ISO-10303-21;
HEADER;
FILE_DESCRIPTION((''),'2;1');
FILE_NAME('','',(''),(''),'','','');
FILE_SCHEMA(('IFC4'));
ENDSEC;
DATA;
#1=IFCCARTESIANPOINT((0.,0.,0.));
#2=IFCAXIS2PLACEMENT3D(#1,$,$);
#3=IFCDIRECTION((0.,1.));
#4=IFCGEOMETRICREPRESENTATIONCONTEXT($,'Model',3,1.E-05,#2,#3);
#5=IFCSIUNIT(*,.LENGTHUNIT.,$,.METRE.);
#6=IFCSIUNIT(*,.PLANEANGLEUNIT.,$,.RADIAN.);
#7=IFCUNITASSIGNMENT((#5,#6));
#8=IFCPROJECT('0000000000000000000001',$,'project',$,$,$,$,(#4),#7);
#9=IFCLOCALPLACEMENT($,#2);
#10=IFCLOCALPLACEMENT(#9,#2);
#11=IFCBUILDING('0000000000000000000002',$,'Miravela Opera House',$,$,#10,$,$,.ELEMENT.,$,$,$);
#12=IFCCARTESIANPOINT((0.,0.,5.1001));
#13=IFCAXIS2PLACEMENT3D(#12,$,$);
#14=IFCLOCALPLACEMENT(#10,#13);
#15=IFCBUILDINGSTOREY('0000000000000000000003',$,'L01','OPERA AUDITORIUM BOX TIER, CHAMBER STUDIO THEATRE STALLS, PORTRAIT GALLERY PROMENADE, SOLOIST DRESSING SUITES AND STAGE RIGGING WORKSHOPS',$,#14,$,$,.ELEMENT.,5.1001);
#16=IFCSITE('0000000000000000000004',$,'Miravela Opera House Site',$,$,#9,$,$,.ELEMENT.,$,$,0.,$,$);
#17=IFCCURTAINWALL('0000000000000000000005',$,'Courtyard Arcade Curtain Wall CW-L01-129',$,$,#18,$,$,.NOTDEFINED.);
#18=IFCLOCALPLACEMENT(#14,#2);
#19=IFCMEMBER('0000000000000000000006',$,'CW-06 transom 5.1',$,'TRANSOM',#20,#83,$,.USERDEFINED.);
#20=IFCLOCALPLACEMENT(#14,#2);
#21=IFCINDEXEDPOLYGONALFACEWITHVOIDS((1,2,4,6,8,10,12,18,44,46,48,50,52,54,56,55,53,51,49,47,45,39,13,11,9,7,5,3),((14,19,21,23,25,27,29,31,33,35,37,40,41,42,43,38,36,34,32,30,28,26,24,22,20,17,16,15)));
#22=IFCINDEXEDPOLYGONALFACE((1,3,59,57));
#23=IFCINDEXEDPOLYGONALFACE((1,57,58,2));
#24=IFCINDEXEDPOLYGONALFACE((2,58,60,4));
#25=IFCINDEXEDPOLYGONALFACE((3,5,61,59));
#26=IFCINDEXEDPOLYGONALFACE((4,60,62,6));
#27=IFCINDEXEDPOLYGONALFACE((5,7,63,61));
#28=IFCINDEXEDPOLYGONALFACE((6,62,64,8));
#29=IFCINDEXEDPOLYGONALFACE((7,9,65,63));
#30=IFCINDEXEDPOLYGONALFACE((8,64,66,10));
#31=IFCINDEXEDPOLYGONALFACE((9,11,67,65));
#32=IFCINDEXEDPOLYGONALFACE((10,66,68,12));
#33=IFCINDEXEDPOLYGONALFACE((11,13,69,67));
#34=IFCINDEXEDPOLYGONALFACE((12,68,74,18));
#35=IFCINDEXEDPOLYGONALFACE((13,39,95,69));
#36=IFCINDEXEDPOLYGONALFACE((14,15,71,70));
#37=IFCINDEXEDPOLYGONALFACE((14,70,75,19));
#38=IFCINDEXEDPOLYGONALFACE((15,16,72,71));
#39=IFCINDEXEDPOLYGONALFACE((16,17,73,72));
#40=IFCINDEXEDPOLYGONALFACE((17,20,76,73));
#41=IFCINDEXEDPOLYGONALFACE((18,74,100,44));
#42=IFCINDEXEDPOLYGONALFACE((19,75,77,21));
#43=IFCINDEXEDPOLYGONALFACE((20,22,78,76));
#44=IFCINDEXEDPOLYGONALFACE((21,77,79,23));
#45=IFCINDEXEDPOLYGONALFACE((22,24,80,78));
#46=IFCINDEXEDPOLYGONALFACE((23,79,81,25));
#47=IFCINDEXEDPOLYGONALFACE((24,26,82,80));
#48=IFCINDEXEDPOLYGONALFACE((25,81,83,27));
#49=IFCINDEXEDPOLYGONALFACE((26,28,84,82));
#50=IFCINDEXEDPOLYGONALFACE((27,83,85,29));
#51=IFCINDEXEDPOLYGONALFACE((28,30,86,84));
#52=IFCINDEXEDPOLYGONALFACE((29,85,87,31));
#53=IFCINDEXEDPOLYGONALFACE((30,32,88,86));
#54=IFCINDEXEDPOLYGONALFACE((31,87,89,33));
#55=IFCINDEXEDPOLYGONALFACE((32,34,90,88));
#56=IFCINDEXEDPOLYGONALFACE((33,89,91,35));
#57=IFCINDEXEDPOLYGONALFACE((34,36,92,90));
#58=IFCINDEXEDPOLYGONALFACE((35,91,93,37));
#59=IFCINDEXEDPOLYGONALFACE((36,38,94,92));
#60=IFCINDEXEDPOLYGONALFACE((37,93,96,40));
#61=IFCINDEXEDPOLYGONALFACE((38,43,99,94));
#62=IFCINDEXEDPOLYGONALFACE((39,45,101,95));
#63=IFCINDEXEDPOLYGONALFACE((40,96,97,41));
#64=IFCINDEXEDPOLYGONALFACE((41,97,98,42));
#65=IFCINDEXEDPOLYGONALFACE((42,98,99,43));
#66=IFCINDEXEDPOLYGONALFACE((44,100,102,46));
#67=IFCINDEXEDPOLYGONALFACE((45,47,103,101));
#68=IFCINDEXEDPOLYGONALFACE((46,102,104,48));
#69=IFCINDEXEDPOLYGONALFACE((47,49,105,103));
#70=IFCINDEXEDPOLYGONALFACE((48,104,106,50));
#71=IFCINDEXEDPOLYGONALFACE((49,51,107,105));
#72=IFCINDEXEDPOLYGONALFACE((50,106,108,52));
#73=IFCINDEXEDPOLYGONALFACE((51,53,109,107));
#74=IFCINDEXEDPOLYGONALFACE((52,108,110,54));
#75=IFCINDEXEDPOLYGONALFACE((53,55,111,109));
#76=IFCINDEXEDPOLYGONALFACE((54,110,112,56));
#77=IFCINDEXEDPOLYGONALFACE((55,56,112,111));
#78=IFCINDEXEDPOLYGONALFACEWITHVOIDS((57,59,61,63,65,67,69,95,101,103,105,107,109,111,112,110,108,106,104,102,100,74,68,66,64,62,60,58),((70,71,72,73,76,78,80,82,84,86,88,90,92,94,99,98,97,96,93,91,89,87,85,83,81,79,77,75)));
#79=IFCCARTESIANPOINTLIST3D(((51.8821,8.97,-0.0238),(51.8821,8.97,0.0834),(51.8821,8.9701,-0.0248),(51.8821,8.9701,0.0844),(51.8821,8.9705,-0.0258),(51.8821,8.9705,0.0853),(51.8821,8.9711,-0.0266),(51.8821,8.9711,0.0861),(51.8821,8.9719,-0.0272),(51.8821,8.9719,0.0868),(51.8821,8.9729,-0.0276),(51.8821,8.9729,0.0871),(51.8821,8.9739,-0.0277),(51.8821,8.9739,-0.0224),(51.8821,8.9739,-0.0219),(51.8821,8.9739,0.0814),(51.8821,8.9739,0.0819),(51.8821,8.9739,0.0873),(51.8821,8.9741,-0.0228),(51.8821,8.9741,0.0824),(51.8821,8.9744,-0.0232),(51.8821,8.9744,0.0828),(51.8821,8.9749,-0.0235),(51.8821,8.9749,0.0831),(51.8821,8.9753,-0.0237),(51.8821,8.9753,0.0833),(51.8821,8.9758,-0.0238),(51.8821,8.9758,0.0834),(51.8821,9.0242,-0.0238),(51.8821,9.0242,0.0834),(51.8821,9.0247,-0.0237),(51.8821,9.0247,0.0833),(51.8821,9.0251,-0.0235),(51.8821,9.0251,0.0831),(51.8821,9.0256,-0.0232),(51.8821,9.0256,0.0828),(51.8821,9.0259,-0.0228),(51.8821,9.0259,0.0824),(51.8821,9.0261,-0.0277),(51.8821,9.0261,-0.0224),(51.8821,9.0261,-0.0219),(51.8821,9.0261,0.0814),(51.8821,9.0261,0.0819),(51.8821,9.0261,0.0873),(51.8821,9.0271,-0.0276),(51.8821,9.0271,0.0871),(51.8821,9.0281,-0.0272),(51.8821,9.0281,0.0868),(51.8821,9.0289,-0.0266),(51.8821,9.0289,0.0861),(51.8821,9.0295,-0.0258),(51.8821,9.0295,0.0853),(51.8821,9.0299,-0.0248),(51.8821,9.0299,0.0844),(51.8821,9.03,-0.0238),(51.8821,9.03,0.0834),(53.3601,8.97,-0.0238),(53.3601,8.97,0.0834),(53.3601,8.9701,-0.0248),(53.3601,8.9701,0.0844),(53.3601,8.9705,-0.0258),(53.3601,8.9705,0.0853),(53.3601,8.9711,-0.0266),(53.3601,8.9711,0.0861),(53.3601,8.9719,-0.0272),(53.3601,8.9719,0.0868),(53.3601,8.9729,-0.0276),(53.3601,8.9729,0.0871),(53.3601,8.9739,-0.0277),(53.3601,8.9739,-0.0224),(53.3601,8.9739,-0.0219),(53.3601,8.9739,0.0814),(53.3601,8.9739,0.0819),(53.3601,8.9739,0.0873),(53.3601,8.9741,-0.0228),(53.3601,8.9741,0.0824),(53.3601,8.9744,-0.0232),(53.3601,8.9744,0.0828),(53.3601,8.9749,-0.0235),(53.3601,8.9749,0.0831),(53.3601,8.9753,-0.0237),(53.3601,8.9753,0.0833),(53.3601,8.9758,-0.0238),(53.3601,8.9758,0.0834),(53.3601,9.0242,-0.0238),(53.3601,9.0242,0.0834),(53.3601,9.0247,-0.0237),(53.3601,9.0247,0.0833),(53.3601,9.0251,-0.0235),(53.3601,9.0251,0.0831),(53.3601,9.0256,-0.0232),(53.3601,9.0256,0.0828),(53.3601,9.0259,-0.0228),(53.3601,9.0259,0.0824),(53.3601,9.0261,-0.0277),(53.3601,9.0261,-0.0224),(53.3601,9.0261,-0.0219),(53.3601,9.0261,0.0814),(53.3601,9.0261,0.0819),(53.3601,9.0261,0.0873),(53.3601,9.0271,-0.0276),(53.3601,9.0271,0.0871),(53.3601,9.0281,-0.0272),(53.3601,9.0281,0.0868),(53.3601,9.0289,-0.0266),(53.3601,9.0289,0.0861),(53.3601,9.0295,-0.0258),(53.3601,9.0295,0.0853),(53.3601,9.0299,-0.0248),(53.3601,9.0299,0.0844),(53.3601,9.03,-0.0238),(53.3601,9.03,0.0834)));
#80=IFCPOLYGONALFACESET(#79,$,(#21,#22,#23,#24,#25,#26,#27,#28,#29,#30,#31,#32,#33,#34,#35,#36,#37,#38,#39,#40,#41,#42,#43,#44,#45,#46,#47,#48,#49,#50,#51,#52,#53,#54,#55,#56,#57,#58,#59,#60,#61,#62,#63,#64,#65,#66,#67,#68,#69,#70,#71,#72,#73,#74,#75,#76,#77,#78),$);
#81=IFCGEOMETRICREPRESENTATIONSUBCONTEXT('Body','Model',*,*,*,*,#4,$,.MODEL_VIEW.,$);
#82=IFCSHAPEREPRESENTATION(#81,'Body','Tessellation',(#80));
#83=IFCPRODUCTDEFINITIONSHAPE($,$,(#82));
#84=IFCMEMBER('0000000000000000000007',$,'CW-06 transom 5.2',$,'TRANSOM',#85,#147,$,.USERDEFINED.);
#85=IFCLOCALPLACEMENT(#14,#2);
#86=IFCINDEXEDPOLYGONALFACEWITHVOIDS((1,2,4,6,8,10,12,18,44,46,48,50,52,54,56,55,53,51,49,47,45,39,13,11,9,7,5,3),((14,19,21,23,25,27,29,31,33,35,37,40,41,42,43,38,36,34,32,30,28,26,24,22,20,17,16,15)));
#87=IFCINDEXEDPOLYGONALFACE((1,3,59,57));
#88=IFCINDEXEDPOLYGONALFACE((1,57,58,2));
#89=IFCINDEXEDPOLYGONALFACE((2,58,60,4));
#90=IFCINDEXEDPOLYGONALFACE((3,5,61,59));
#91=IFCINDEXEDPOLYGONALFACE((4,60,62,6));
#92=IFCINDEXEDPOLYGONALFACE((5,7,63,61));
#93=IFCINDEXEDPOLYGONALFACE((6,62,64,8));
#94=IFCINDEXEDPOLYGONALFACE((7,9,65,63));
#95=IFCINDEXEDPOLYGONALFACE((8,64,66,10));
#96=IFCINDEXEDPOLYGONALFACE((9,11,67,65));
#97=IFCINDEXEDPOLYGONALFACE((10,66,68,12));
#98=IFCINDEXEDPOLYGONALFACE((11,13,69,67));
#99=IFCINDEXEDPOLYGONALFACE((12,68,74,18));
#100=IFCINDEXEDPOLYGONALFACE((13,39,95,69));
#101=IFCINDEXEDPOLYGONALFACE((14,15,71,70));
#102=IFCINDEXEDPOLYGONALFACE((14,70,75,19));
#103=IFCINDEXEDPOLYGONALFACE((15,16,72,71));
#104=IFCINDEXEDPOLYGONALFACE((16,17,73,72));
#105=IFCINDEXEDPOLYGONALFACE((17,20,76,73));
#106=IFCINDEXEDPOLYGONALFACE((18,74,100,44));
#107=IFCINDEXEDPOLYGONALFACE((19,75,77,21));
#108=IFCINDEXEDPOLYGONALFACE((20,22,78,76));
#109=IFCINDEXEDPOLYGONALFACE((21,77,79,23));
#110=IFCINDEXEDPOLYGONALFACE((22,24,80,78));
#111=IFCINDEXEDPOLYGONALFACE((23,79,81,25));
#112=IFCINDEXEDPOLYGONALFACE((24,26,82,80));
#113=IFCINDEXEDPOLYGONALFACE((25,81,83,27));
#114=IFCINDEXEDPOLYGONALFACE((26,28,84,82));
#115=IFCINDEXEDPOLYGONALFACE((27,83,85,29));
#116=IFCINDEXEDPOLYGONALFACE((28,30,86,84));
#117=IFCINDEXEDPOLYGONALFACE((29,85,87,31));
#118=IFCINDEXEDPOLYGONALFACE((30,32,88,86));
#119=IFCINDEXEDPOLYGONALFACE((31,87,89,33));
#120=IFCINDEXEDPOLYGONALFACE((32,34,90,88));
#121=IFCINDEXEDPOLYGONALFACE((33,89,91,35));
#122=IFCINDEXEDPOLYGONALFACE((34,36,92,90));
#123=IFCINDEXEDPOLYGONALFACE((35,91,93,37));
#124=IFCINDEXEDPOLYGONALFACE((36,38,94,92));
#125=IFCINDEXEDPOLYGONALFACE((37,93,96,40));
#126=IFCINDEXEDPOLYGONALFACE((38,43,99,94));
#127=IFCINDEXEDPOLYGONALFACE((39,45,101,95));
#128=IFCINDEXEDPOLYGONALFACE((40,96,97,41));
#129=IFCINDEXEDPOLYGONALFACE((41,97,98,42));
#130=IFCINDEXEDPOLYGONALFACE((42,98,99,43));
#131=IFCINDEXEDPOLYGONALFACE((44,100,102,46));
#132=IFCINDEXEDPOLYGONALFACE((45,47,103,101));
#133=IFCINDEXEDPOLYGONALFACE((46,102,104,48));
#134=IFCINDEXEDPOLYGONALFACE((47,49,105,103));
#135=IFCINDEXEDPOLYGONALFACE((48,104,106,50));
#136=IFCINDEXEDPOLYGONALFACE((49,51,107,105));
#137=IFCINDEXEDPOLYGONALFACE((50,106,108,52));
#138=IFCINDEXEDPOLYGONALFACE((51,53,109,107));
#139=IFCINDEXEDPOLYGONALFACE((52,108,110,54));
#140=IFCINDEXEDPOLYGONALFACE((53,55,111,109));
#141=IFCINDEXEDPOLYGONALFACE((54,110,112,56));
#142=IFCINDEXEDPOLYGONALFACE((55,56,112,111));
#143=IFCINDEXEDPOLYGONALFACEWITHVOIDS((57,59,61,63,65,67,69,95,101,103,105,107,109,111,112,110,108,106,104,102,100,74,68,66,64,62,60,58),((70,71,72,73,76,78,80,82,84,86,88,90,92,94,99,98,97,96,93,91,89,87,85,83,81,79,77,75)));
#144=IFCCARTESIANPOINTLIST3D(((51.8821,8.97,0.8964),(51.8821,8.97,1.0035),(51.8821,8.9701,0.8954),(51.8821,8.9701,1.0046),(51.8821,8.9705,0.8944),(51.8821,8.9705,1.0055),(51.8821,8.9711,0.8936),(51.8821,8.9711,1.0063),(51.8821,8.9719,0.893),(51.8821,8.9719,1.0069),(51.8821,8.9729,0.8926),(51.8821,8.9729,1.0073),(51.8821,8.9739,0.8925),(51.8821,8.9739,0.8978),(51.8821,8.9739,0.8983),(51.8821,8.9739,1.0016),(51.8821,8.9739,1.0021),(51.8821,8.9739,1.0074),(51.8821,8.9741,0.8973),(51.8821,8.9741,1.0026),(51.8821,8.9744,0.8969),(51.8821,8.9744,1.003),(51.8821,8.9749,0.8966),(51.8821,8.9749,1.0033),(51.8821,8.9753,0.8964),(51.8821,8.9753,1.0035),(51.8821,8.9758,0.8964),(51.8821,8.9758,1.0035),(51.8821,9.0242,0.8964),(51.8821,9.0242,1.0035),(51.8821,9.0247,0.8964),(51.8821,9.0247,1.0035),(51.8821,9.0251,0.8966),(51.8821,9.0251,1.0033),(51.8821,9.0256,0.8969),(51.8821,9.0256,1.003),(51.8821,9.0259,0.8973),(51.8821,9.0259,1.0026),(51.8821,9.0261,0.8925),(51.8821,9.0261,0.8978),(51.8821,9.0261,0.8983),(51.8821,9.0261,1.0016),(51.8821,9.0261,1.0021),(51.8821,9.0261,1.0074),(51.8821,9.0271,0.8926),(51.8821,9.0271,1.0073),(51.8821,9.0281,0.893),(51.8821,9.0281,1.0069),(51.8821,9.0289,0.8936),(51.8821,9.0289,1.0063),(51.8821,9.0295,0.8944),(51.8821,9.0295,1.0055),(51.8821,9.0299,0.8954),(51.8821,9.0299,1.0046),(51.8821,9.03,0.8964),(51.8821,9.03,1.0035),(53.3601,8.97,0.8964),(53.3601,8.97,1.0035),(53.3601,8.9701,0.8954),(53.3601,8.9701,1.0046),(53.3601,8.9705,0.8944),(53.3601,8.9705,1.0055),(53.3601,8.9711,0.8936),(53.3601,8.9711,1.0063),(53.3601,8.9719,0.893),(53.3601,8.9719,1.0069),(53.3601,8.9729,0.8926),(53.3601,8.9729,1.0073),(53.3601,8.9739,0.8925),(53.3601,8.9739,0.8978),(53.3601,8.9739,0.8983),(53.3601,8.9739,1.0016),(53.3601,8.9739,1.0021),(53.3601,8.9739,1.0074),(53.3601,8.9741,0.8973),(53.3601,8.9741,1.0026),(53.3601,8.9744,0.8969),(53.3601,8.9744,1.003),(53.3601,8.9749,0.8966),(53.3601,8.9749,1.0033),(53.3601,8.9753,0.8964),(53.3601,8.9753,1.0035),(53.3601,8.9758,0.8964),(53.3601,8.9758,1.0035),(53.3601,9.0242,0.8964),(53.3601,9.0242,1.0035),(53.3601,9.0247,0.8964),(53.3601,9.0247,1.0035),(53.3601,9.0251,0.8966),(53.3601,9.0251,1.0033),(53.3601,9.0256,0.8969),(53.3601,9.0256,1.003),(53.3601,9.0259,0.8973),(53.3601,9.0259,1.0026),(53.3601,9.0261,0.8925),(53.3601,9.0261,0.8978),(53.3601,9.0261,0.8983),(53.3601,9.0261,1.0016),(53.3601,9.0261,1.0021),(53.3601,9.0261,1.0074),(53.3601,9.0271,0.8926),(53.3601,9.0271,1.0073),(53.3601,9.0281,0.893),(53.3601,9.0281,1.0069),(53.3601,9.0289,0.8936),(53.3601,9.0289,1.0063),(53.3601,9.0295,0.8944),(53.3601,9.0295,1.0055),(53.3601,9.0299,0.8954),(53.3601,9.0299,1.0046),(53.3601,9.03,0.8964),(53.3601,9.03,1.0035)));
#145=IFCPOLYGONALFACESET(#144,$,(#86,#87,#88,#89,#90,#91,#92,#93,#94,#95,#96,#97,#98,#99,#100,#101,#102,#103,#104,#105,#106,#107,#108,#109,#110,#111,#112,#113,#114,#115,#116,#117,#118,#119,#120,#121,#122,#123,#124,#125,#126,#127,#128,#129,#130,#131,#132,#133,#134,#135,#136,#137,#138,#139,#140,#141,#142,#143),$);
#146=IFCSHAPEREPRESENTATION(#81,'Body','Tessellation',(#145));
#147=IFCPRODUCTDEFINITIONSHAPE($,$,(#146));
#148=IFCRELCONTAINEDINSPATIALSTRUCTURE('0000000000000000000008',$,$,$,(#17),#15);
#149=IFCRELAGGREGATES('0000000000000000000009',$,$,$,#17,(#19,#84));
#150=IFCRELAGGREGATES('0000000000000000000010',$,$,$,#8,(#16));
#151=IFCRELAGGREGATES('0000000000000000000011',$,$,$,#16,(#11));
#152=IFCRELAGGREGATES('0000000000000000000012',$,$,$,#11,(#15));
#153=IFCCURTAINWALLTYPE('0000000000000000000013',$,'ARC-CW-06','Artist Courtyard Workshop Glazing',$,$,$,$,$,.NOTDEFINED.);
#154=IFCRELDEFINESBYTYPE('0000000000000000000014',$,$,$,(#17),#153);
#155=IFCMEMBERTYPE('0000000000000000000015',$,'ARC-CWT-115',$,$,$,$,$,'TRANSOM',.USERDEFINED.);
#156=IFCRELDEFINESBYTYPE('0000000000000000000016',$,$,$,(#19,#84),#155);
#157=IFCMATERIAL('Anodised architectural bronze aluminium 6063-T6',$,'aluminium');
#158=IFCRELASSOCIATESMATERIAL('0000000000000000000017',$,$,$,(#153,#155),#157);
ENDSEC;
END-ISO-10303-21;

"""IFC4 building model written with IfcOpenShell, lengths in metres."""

from ifc_helpers import new_model, si_unit, direction, frame, origin, origin_2d, place, context, subcontext, project, spatial, hollow_rectangle, extrude, material, material_profile, profile_set, type_object, element, aggregate, save


model = new_model("IFC4")

# Units and contexts
model_context = context("Model", 3, precision=1e-05, world=origin(), true_north=direction((0.0, 1.0)))
body_context = subcontext(model_context, "Body", "Model", "MODEL_VIEW")
ifc_project = project(units=[si_unit("LENGTHUNIT", "METRE"), si_unit("PLANEANGLEUNIT", "RADIAN")], contexts=[model_context])

# Site, building, storey
site_placement = place(None, origin())
site = spatial("IfcSite", under=ifc_project, at=site_placement, Name="Miravela Opera House Site", CompositionType="ELEMENT", RefElevation=0.0)
building_placement = place(site_placement, origin())
building = spatial("IfcBuilding", under=site, at=building_placement, Name="Miravela Opera House", CompositionType="ELEMENT")
storey_placement = place(building_placement, frame((0.0, 0.0, 5.1001)))
storey = spatial("IfcBuildingStorey", under=building, at=storey_placement, Name="L01", Description="OPERA AUDITORIUM BOX TIER, CHAMBER STUDIO THEATRE STALLS, PORTRAIT GALLERY PROMENADE, SOLOIST DRESSING SUITES AND STAGE RIGGING WORKSHOPS", CompositionType="ELEMENT", Elevation=5.1001)

# Curtain wall, members
ifc_material_1 = material(Name="Anodised architectural bronze aluminium 6063-T6", Category="aluminium")
curtain_wall_type = type_object("IfcCurtainWallType", Name="ARC-CW-06", Description="Artist Courtyard Workshop Glazing", PredefinedType="NOTDEFINED", material=ifc_material_1)
curtain_wall_placement = place(storey_placement, origin())
curtain_wall = element("IfcCurtainWall", 1, at=curtain_wall_placement, inside=storey, type_object=curtain_wall_type, Name="Courtyard Arcade Curtain Wall CW-L01-129", PredefinedType="NOTDEFINED")
ifc_material_profile_1 = material_profile(ifc_material_1, hollow_rectangle(XDim=0.0601, YDim=0.115, WallThickness=0.0039, InnerFilletRadius=0.002, OuterFilletRadius=0.0039, at=origin_2d()), Name="CWT-60X115")
ifc_profile_set_1 = profile_set([ifc_material_profile_1])
member_type_1 = type_object("IfcMemberType", Name="ARC-CWT-115", ElementType="TRANSOM", PredefinedType="USERDEFINED", material=ifc_profile_set_1)
member_1_placement = place(storey_placement, frame((51.8821, 9.0, 0.0298), z_axis=(1.0, 0.0, 0.0), x_axis=(0.0, 1.0, 0.0)))
member_1 = element("IfcMember", 2, at=member_1_placement, type_object=member_type_1, Name="CW-06 transom 5.1", ObjectType="TRANSOM", PredefinedType="USERDEFINED", context=body_context, shape_type="SweptSolid", body=[
    extrude(hollow_rectangle(XDim=0.0601, YDim=0.115, WallThickness=0.0039, InnerFilletRadius=0.002, OuterFilletRadius=0.0039, at=origin_2d()), origin(), (0.0, 0.0, 1.0), 1.478),
])
member_2_placement = place(storey_placement, frame((51.8821, 9.0, 0.95), z_axis=(1.0, 0.0, 0.0), x_axis=(0.0, 1.0, 0.0)))
member_2 = element("IfcMember", 3, at=member_2_placement, type_object=member_type_1, Name="CW-06 transom 5.2", ObjectType="TRANSOM", PredefinedType="USERDEFINED", context=body_context, shape_type="SweptSolid", body=[
    extrude(hollow_rectangle(XDim=0.0601, YDim=0.115, WallThickness=0.0039, InnerFilletRadius=0.002, OuterFilletRadius=0.0039, at=origin_2d()), origin(), (0.0, 0.0, 1.0), 1.478),
])

aggregate(curtain_wall, [member_1, member_2])

save(model, "model.ifc")
